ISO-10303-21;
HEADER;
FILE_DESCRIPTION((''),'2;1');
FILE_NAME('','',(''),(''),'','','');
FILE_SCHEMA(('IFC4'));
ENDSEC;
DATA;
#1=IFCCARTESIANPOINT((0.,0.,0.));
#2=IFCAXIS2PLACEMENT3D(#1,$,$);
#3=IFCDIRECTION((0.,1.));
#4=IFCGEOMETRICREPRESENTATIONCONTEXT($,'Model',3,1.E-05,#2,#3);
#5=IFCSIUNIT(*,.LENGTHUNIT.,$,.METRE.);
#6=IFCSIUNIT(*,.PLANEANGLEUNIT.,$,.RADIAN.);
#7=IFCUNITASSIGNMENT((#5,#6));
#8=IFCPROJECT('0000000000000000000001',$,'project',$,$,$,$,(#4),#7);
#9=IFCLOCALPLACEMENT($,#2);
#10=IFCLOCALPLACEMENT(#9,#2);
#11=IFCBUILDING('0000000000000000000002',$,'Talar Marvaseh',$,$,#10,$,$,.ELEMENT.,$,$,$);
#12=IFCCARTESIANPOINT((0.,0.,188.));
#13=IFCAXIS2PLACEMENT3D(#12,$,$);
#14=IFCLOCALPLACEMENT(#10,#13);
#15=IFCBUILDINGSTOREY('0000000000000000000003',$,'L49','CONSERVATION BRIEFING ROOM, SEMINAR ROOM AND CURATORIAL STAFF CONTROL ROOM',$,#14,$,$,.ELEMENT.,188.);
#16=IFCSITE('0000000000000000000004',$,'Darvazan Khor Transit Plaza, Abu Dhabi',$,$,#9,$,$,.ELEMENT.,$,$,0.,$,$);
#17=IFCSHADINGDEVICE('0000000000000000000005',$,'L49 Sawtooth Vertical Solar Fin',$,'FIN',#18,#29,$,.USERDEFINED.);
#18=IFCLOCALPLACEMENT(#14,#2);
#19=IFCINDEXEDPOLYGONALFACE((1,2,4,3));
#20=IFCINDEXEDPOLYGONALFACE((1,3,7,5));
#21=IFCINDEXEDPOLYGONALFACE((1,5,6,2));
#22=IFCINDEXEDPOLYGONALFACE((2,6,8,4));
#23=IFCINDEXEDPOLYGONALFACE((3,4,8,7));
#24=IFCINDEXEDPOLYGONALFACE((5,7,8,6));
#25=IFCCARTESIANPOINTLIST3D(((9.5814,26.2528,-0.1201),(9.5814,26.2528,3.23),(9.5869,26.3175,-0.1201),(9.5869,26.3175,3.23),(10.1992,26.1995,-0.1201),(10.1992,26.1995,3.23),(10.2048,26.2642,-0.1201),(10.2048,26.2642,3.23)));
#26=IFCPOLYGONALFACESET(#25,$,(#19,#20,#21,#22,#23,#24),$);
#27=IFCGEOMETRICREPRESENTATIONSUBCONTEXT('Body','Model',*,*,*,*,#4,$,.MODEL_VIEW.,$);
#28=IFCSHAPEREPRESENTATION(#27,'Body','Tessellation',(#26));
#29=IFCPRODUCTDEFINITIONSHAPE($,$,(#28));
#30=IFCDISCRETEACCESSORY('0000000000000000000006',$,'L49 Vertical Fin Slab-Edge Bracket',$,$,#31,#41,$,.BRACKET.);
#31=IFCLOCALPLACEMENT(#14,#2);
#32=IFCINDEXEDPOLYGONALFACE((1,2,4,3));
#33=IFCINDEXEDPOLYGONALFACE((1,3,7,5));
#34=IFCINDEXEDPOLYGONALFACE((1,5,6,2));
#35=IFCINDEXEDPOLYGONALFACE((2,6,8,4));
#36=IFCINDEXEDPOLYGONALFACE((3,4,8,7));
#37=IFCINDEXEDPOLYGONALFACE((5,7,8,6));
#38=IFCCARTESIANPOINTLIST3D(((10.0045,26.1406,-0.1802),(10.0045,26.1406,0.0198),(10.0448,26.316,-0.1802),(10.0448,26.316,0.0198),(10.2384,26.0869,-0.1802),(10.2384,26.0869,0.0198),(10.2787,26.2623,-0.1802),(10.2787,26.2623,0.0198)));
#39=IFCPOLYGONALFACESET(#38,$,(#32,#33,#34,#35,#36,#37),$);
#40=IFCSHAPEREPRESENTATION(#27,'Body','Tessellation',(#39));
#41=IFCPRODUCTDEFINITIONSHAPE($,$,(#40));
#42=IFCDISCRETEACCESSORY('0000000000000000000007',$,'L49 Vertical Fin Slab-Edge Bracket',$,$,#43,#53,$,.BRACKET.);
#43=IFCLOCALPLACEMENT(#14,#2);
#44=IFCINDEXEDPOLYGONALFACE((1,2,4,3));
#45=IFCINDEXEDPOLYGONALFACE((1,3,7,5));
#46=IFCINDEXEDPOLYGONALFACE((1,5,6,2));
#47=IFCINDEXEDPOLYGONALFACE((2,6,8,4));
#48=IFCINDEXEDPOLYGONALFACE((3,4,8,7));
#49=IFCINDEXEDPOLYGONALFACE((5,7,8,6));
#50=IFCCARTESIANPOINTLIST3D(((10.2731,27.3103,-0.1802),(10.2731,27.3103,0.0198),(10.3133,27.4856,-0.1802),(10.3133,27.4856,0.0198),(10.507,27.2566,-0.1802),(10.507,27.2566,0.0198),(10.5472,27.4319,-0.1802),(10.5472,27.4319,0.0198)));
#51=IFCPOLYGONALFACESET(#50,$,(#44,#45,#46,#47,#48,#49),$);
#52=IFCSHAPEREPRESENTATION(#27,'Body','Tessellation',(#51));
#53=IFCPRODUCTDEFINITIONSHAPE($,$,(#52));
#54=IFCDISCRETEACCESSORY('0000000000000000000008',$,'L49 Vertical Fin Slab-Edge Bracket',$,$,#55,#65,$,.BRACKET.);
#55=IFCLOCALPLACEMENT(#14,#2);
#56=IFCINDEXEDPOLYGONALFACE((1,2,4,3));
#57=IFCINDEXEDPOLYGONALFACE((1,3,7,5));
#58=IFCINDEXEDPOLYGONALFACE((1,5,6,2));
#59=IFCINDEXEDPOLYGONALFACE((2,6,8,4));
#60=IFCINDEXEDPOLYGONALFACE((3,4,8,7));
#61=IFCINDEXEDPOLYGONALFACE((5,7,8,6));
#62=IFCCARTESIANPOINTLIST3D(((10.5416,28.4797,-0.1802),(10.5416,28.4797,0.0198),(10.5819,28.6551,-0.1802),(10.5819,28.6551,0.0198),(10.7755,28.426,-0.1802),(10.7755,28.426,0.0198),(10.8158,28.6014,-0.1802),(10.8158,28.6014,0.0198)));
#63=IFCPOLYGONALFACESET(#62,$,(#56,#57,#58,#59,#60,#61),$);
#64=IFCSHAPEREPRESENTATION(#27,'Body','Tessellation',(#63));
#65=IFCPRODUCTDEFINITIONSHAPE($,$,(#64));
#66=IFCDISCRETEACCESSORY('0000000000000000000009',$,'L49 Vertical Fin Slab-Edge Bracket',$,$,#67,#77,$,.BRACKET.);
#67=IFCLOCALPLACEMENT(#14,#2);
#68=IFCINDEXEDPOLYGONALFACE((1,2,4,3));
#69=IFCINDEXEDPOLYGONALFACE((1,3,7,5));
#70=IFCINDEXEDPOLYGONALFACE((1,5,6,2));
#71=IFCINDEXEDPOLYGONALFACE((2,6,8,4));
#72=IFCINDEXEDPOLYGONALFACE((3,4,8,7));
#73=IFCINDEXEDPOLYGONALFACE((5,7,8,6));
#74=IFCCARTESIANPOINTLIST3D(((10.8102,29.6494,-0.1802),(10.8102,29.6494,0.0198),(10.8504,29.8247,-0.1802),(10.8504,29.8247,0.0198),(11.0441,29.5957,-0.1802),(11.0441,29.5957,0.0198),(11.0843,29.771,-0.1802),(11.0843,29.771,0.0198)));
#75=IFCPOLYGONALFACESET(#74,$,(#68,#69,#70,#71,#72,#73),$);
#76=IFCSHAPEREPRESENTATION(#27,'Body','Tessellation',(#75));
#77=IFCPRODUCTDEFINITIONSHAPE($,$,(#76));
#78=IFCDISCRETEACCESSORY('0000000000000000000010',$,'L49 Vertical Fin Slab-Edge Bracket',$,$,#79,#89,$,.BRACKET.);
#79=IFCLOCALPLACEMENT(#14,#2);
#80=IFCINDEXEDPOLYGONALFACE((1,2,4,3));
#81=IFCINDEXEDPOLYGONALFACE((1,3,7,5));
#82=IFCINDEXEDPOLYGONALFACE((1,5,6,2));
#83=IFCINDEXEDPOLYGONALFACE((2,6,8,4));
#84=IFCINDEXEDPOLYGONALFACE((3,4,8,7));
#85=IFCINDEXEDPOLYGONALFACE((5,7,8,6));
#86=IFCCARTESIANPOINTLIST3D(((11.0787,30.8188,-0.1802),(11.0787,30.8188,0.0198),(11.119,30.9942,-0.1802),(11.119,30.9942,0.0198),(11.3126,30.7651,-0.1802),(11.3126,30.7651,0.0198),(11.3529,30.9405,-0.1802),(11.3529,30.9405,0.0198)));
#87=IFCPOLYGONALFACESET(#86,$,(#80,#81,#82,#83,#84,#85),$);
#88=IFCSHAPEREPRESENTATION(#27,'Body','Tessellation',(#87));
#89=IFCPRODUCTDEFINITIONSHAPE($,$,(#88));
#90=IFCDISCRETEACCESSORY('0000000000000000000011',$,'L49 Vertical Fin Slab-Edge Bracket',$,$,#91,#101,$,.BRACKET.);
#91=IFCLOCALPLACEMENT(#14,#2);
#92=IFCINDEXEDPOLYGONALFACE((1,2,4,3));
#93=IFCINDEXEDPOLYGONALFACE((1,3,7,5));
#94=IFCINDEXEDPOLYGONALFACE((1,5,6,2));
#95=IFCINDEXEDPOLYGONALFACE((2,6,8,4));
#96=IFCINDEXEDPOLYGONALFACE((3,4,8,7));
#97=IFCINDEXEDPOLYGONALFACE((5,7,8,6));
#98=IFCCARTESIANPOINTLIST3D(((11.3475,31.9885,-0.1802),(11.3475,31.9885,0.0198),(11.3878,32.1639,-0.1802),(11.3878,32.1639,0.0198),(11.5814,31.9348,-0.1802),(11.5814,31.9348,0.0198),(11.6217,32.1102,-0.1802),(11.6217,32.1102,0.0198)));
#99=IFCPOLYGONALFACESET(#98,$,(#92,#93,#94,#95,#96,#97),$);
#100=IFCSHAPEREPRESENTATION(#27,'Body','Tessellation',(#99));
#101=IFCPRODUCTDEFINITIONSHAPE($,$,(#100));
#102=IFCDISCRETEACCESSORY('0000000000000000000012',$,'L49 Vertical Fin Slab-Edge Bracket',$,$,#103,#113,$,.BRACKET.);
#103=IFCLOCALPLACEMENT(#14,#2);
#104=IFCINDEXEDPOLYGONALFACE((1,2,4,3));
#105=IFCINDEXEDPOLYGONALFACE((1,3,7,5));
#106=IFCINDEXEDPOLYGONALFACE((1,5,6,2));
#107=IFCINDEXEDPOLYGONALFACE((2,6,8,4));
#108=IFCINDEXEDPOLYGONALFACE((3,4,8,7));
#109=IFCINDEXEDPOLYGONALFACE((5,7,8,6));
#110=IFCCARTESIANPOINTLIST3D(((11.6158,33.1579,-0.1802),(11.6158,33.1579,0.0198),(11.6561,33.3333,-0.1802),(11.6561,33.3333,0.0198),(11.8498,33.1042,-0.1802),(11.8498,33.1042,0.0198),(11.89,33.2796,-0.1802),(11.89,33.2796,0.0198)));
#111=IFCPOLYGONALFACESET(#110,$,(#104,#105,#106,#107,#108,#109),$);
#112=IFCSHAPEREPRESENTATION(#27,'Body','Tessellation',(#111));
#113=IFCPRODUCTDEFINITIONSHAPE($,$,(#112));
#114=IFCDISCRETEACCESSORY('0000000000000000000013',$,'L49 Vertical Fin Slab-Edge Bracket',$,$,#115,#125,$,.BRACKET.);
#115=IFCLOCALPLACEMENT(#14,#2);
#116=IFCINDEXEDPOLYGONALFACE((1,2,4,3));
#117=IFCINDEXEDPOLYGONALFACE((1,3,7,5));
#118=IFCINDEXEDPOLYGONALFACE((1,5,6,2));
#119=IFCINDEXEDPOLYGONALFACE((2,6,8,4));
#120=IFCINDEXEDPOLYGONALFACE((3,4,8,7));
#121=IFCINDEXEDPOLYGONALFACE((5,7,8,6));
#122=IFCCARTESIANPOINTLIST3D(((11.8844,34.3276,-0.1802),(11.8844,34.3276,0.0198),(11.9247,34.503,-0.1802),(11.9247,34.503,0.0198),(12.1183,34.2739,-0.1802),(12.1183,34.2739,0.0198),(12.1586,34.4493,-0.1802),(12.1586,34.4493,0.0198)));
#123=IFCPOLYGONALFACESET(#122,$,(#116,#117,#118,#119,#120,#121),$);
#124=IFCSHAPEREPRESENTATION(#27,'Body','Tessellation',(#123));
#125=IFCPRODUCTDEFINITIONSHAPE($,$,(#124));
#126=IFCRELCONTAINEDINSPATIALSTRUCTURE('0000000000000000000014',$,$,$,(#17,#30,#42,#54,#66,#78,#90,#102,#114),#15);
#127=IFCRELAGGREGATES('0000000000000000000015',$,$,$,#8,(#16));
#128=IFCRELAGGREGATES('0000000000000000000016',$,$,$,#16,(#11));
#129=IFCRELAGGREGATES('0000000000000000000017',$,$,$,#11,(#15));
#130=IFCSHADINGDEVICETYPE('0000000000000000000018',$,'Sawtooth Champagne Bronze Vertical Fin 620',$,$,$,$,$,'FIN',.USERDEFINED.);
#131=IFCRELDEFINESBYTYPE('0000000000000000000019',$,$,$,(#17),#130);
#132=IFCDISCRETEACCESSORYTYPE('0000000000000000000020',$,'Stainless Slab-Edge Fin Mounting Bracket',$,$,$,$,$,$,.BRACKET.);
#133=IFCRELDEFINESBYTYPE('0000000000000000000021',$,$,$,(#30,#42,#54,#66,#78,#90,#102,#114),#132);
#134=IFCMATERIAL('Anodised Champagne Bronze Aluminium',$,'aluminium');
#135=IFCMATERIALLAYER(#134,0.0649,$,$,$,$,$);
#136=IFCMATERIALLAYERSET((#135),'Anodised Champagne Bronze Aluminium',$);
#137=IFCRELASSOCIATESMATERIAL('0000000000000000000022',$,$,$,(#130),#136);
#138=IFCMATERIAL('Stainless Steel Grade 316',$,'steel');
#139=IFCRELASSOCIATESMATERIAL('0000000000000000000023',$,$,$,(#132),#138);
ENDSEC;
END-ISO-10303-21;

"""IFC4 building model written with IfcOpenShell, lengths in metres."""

from ifc_helpers import new_model, si_unit, direction, frame, origin, origin_2d, place, context, subcontext, project, spatial, rectangle, extrude, source, transform, mapped, material, layer, layer_set, type_object, type_shapes, element, save


model = new_model("IFC4")

# Units and contexts
model_context = context("Model", 3, precision=1e-05, world=origin(), true_north=direction((0.0, 1.0)))
body_context = subcontext(model_context, "Body", "Model", "MODEL_VIEW")
ifc_project = project(units=[si_unit("LENGTHUNIT", "METRE"), si_unit("PLANEANGLEUNIT", "RADIAN")], contexts=[model_context])

# Site, building, storey
site_placement = place(None, origin())
site = spatial("IfcSite", under=ifc_project, at=site_placement, Name="Darvazan Khor Transit Plaza, Abu Dhabi", CompositionType="ELEMENT", RefElevation=0.0)
building_placement = place(site_placement, origin())
building = spatial("IfcBuilding", under=site, at=building_placement, Name="Talar Marvaseh", CompositionType="ELEMENT")
storey_placement = place(building_placement, frame((0.0, 0.0, 188.0)))
storey = spatial("IfcBuildingStorey", under=building, at=storey_placement, Name="L49", Description="CONSERVATION BRIEFING ROOM, SEMINAR ROOM AND CURATORIAL STAFF CONTROL ROOM", CompositionType="ELEMENT", Elevation=188.0)

# Shared definitions
ifc_material_1 = material(Name="Stainless Steel Grade 316", Category="steel")

# Shading device
ifc_material_2 = material(Name="Anodised Champagne Bronze Aluminium", Category="aluminium")
ifc_layer_1 = layer(ifc_material_2, 0.0649)
ifc_layer_set_1 = layer_set([ifc_layer_1], Name="Anodised Champagne Bronze Aluminium")
shading_device_type_1 = type_object("IfcShadingDeviceType", Name="Sawtooth Champagne Bronze Vertical Fin 620", ElementType="FIN", PredefinedType="USERDEFINED", material=ifc_layer_set_1)
shared_shape_1 = source(origin(), body_context, "Body", "SweptSolid", [
    extrude(rectangle(XDim=0.6201, YDim=0.0649, at=origin_2d()), origin(), (0.0, 0.0, 1.0), 3.3501),
])
type_shapes(shading_device_type_1, [shared_shape_1])
shading_device_placement = place(storey_placement, frame((9.8931, 26.2585, -0.1201), z_axis=(0.0, 0.0, 1.0), x_axis=(-0.9963, 0.085939, 0.0)))
element("IfcShadingDevice", 1, at=shading_device_placement, inside=storey, type_object=shading_device_type_1, Name="L49 Sawtooth Vertical Solar Fin", ObjectType="FIN", PredefinedType="USERDEFINED", context=body_context, shape_type="MappedRepresentation", body=[
    mapped(shared_shape_1, transform((0.0, 0.0, 0.0), x_axis=(1.0, 0.0, 0.0), y_axis=(0.0, 1.0, 0.0), z_axis=(0.0, 0.0, 1.0), scale=1.0)),
])

# Discrete accessories
discrete_accessory_type = type_object("IfcDiscreteAccessoryType", Name="Stainless Slab-Edge Fin Mounting Bracket", PredefinedType="BRACKET", material=ifc_material_1)
shared_shape_2 = source(origin(), body_context, "Body", "SweptSolid", [
    extrude(rectangle(XDim=0.24, YDim=0.1799, at=origin_2d()), origin(), (0.0, 0.0, 1.0), 0.2),
])
type_shapes(discrete_accessory_type, [shared_shape_2])
for number, where, z_axis, x_axis, name in (
    (2, (10.1416, 26.2014, -0.1802), (0.0, 0.0, 1.0), (-0.974644, 0.22376, 0.0), "L49 Vertical Fin Slab-Edge Bracket"),
    (3, (10.4102, 27.3711, -0.1802), (0.0, 0.0, 1.0), (-0.974644, 0.22376, 0.0), "L49 Vertical Fin Slab-Edge Bracket"),
    (4, (10.6787, 28.5405, -0.1802), (0.0, 0.0, 1.0), (-0.974644, 0.22376, 0.0), "L49 Vertical Fin Slab-Edge Bracket"),
    (5, (10.9473, 29.7102, -0.1802), (0.0, 0.0, 1.0), (-0.974644, 0.22376, 0.0), "L49 Vertical Fin Slab-Edge Bracket"),
    (6, (11.2158, 30.8796, -0.1802), (0.0, 0.0, 1.0), (-0.974644, 0.22376, 0.0), "L49 Vertical Fin Slab-Edge Bracket"),
    (7, (11.4846, 32.0493, -0.1802), (0.0, 0.0, 1.0), (-0.974644, 0.22376, 0.0), "L49 Vertical Fin Slab-Edge Bracket"),
    (8, (11.7529, 33.2188, -0.1802), (0.0, 0.0, 1.0), (-0.974644, 0.22376, 0.0), "L49 Vertical Fin Slab-Edge Bracket"),
    (9, (12.0215, 34.3884, -0.1802), (0.0, 0.0, 1.0), (-0.974644, 0.22376, 0.0), "L49 Vertical Fin Slab-Edge Bracket"),
):
    element("IfcDiscreteAccessory", number, at=place(storey_placement, frame(where, z_axis=z_axis, x_axis=x_axis)), inside=storey, type_object=discrete_accessory_type, Name=name, PredefinedType="BRACKET", context=body_context, shape_type="MappedRepresentation", body=[
        mapped(shared_shape_2, transform((0.0, 0.0, 0.0), x_axis=(1.0, 0.0, 0.0), y_axis=(0.0, 1.0, 0.0), z_axis=(0.0, 0.0, 1.0), scale=1.0)),
    ])

save(model, "model.ifc")
